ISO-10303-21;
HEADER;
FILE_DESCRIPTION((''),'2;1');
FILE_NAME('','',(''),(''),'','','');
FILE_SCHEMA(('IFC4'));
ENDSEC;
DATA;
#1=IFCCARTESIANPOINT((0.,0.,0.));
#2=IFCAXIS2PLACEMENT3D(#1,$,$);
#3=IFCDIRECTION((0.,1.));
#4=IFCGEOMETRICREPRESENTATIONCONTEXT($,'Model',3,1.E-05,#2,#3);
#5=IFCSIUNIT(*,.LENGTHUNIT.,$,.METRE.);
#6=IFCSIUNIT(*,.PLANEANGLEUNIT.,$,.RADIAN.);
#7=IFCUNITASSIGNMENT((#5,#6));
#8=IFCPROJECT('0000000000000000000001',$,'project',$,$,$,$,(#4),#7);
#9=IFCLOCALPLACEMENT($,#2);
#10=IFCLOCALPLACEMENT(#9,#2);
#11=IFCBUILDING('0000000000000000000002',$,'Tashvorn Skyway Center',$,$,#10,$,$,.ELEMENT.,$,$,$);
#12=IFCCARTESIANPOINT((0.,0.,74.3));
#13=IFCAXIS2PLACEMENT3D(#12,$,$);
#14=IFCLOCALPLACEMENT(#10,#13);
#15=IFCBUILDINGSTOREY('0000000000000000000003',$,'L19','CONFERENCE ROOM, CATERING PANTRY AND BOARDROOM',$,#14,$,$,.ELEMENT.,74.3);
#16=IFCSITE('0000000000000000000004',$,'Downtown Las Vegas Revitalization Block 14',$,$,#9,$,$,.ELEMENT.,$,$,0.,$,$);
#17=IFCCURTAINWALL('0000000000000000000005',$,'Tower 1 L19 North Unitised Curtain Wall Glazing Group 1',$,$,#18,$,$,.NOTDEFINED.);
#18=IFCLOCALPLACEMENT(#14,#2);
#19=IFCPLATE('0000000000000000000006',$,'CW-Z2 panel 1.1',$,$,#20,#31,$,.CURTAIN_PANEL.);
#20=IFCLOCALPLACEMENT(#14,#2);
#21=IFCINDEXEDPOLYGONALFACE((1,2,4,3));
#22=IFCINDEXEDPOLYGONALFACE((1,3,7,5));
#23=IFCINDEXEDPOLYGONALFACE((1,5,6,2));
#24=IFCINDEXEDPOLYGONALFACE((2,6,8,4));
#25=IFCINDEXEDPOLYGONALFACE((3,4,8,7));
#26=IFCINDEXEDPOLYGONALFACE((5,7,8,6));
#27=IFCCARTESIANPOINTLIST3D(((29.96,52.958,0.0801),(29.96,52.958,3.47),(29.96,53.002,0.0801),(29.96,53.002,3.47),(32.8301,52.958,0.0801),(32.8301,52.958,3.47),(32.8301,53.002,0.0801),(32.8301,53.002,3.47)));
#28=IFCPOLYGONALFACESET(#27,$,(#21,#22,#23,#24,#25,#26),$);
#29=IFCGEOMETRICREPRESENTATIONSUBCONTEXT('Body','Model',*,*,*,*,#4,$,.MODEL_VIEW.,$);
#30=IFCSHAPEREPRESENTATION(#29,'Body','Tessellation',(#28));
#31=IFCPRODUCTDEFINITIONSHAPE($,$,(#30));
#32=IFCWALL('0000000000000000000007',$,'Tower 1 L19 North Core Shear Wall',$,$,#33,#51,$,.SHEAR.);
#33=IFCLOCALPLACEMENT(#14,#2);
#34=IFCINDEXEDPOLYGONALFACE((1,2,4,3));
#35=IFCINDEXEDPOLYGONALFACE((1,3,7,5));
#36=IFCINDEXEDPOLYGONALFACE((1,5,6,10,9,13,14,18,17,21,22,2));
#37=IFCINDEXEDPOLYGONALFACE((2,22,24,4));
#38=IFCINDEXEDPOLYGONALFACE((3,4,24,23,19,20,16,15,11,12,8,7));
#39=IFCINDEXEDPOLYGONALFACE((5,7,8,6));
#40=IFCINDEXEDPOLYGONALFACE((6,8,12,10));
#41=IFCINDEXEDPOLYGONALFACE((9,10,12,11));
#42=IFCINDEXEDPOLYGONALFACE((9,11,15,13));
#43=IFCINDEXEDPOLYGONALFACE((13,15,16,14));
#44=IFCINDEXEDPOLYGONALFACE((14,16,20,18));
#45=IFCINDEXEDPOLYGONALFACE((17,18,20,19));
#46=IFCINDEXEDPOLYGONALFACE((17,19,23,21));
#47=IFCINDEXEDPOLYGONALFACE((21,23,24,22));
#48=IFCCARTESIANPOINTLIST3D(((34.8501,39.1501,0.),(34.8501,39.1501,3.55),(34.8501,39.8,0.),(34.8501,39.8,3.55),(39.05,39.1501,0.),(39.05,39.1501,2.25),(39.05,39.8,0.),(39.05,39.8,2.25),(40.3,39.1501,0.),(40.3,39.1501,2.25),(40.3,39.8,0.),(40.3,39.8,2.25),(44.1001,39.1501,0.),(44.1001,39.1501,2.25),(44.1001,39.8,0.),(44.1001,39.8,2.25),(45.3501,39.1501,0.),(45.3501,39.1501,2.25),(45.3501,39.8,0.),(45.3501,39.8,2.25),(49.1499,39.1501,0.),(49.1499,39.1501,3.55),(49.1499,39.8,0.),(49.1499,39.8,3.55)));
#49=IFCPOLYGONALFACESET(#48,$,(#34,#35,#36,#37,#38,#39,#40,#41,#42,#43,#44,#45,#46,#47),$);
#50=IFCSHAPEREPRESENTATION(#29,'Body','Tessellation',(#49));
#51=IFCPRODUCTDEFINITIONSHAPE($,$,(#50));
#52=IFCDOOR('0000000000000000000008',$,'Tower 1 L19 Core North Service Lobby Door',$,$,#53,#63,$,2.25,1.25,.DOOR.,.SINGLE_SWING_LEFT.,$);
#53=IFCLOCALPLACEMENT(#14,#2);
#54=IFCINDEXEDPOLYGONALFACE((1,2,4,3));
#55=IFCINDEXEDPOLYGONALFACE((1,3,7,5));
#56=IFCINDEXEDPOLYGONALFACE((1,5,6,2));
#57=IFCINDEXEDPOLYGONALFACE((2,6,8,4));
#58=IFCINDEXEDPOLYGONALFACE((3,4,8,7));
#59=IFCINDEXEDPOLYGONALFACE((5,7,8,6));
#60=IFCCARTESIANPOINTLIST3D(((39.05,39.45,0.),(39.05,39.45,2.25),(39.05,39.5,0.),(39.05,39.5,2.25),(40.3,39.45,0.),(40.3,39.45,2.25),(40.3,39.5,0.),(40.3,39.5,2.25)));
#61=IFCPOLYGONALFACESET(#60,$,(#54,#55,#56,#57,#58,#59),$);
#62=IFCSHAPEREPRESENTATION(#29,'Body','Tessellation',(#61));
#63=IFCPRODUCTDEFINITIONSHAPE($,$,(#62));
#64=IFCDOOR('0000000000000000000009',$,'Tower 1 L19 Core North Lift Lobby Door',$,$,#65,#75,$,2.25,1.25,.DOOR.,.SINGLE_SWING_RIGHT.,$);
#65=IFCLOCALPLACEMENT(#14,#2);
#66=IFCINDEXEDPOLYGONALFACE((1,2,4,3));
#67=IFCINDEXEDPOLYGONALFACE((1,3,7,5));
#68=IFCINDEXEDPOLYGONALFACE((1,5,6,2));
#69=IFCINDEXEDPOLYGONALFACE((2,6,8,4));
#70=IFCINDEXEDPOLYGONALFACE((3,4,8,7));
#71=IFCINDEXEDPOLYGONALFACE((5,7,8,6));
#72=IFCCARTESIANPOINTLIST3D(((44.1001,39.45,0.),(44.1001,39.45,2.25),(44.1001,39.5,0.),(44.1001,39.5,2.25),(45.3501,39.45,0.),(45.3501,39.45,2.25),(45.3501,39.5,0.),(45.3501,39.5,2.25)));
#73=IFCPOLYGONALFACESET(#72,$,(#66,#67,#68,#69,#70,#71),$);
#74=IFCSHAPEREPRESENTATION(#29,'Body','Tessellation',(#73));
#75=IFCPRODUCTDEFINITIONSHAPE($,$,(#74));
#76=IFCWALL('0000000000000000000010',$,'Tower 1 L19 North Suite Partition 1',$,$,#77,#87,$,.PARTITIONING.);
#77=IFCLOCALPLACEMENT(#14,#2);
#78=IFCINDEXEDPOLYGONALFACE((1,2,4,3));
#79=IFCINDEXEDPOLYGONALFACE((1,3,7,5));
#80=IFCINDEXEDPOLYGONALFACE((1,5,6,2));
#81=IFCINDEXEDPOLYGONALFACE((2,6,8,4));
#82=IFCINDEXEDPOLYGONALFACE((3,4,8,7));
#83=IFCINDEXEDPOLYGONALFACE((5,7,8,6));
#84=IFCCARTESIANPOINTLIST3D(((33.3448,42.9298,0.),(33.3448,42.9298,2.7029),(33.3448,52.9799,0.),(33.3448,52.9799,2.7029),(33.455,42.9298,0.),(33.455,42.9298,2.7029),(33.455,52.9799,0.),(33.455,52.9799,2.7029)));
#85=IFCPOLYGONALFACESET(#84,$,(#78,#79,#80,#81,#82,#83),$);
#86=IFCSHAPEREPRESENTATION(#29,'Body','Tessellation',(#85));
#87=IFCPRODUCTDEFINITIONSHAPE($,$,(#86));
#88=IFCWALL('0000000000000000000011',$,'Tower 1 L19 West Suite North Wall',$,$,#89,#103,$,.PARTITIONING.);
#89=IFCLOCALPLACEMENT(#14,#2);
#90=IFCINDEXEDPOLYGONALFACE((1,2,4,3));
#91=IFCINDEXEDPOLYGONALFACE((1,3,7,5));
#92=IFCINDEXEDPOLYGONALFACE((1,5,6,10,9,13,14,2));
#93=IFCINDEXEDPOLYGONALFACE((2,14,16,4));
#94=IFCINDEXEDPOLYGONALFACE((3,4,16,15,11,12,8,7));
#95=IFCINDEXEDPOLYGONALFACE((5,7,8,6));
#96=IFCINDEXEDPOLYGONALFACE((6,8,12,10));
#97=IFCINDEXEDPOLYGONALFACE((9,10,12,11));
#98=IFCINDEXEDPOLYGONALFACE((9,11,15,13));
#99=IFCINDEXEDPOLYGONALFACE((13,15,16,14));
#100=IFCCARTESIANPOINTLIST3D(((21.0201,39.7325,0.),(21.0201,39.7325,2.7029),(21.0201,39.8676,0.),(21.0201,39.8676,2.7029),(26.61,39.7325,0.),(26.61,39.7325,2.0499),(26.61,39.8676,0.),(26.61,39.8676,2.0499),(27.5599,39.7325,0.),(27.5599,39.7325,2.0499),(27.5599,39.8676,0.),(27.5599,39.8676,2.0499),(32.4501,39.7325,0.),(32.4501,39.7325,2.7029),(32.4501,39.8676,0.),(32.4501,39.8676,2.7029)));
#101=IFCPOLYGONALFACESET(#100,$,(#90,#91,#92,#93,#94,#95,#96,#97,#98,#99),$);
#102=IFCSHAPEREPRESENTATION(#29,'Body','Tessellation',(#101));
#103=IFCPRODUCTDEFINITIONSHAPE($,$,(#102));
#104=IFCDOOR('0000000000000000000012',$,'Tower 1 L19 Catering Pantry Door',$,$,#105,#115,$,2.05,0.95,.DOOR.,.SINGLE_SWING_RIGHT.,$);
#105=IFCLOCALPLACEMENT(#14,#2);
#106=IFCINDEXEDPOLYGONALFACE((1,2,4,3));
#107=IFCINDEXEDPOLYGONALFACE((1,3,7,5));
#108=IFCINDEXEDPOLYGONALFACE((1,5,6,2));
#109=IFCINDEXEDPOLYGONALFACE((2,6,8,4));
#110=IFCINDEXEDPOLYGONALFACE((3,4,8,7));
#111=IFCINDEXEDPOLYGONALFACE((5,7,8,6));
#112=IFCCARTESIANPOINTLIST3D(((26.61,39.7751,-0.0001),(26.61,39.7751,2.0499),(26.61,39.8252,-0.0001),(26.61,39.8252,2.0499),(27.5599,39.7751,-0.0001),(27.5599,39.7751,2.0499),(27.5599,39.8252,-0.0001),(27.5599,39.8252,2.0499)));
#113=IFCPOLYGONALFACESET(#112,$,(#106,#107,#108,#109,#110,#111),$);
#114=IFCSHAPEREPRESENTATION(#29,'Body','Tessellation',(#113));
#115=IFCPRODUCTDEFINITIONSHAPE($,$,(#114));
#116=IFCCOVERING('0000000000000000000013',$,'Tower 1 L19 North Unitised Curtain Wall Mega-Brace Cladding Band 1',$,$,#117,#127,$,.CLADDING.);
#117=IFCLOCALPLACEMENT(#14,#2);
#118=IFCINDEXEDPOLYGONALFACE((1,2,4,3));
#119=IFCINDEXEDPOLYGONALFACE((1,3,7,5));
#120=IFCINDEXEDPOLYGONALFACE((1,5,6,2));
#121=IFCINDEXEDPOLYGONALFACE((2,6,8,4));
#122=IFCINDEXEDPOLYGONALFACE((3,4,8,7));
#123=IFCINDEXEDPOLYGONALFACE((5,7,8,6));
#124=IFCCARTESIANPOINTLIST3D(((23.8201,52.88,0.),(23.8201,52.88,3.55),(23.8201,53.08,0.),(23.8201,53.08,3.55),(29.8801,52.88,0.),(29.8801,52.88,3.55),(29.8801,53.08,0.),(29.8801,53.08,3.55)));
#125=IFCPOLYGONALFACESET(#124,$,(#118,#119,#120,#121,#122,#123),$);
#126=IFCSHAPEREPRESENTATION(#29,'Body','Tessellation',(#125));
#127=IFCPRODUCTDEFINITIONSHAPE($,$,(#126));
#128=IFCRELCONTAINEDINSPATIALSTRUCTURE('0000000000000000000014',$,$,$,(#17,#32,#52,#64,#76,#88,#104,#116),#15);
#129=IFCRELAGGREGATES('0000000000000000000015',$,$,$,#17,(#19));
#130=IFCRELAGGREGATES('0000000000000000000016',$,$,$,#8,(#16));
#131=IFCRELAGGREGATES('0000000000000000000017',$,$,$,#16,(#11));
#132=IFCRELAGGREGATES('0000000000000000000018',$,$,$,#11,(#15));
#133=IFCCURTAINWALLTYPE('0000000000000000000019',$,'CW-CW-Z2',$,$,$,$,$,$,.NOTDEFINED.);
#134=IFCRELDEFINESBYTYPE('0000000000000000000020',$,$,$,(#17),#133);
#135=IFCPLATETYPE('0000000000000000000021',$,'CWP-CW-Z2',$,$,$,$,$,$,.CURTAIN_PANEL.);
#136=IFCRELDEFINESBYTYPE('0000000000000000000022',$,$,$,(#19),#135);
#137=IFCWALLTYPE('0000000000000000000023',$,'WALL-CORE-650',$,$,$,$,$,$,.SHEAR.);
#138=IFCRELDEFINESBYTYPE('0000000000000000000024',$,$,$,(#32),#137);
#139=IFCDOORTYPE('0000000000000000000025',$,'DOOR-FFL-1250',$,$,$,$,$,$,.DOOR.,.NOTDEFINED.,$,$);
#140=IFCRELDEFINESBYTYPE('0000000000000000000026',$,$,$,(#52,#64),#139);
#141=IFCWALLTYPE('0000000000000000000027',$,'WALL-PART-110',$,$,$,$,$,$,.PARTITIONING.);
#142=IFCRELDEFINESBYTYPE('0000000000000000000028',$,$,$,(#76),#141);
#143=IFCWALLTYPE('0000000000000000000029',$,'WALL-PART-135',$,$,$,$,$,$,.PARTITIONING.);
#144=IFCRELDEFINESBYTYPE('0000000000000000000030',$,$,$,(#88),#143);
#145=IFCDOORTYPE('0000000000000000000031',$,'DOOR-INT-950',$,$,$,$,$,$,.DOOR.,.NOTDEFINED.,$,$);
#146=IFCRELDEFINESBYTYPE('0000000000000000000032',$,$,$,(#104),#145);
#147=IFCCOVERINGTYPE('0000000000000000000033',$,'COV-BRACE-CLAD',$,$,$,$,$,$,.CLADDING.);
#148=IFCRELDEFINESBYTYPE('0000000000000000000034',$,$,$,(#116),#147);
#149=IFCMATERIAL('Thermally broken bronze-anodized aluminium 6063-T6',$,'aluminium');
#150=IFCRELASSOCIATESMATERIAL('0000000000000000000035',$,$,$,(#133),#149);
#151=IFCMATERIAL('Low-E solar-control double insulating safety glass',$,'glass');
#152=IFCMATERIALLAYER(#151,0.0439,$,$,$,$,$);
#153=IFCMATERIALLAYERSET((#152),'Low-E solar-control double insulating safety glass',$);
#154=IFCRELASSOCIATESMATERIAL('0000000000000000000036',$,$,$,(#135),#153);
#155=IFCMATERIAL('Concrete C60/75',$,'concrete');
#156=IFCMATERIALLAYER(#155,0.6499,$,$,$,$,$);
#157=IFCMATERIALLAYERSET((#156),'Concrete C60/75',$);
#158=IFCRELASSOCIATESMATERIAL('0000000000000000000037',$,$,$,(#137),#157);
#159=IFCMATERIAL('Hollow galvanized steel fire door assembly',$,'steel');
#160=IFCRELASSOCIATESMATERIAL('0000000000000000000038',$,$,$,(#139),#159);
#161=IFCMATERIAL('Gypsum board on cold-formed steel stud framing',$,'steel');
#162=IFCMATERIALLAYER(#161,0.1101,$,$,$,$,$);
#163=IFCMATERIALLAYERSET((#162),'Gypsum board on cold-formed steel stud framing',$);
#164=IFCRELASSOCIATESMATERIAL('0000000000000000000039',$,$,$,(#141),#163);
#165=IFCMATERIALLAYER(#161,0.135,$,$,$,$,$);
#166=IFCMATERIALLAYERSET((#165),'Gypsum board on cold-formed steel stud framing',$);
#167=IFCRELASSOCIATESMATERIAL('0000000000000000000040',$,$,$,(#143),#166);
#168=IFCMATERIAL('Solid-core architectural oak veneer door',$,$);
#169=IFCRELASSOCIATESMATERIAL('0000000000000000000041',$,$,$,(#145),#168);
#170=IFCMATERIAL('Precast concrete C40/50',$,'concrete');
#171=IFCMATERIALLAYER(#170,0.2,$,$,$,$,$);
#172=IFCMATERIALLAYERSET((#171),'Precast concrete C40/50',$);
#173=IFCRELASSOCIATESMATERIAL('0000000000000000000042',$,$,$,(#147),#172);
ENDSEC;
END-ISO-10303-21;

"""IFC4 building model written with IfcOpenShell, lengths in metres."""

from ifc_helpers import new_model, si_unit, direction, frame, frame_2d, origin, origin_2d, place, context, subcontext, project, spatial, rectangle, extrude, material, layer, layer_set, type_object, element, fill, aggregate, save


model = new_model("IFC4")

# Units and contexts
model_context = context("Model", 3, precision=1e-05, world=origin(), true_north=direction((0.0, 1.0)))
body_context = subcontext(model_context, "Body", "Model", "MODEL_VIEW")
ifc_project = project(units=[si_unit("LENGTHUNIT", "METRE"), si_unit("PLANEANGLEUNIT", "RADIAN")], contexts=[model_context])

# Site, building, storey
site_placement = place(None, origin())
site = spatial("IfcSite", under=ifc_project, at=site_placement, Name="Downtown Las Vegas Revitalization Block 14", CompositionType="ELEMENT", RefElevation=0.0)
building_placement = place(site_placement, origin())
building = spatial("IfcBuilding", under=site, at=building_placement, Name="Tashvorn Skyway Center", CompositionType="ELEMENT")
storey_placement = place(building_placement, frame((0.0, 0.0, 74.3)))
storey = spatial("IfcBuildingStorey", under=building, at=storey_placement, Name="L19", Description="CONFERENCE ROOM, CATERING PANTRY AND BOARDROOM", CompositionType="ELEMENT", Elevation=74.3)

# Curtain wall
ifc_material_1 = material(Name="Thermally broken bronze-anodized aluminium 6063-T6", Category="aluminium")
curtain_wall_type = type_object("IfcCurtainWallType", Name="CW-CW-Z2", PredefinedType="NOTDEFINED", material=ifc_material_1)
curtain_wall_1_placement = place(storey_placement, origin())
curtain_wall_1 = element("IfcCurtainWall", 1, at=curtain_wall_1_placement, inside=storey, type_object=curtain_wall_type, Name="Tower 1 L19 North Unitised Curtain Wall Glazing Group 1", PredefinedType="NOTDEFINED")

# Plate
ifc_material_2 = material(Name="Low-E solar-control double insulating safety glass", Category="glass")
ifc_layer_1 = layer(ifc_material_2, 0.0439)
ifc_layer_set_1 = layer_set([ifc_layer_1], Name="Low-E solar-control double insulating safety glass")
plate_type = type_object("IfcPlateType", Name="CWP-CW-Z2", PredefinedType="CURTAIN_PANEL", material=ifc_layer_set_1)
plate_placement = place(storey_placement, frame((31.395, 52.98, 0.0801), z_axis=(0.0, 0.0, 1.0), x_axis=(1.0, 0.0, 0.0)))
plate = element("IfcPlate", 2, at=plate_placement, type_object=plate_type, Name="CW-Z2 panel 1.1", PredefinedType="CURTAIN_PANEL", context=body_context, shape_type="SweptSolid", body=[
    extrude(rectangle(XDim=2.8701, YDim=0.0439, at=origin_2d()), origin(), (0.0, 0.0, 1.0), 3.3899),
])
aggregate(curtain_wall_1, [plate])

# Wall, openings, doors
ifc_material_3 = material(Name="Concrete C60/75", Category="concrete")
ifc_layer_2 = layer(ifc_material_3, 0.6499)
ifc_layer_set_2 = layer_set([ifc_layer_2], Name="Concrete C60/75")
wall_type_1 = type_object("IfcWallType", Name="WALL-CORE-650", PredefinedType="SHEAR", material=ifc_layer_set_2)
wall_1_placement = place(storey_placement, frame((34.8501, 39.4751, 0.0), z_axis=(0.0, 0.0, 1.0), x_axis=(1.0, 0.0, 0.0)))
wall_1 = element("IfcWall", 3, at=wall_1_placement, inside=storey, type_object=wall_type_1, Name="Tower 1 L19 North Core Shear Wall", PredefinedType="SHEAR", context=body_context, shape_type="SweptSolid", body=[
    extrude(rectangle(XDim=14.2998, YDim=0.6499, at=frame_2d((7.1499, 0.0))), origin(), (0.0, 0.0, 1.0), 3.55),
])
opening_1_placement = place(wall_1_placement, frame((4.2, 0.0, 0.0)))
opening_1 = element("IfcOpeningElement", 4, at=opening_1_placement, cuts=wall_1, PredefinedType="OPENING", context=body_context, shape_type="SweptSolid", body=[
    extrude(rectangle(XDim=1.25, YDim=2.25, at=frame_2d((0.625, 1.125))), frame((0.0, 0.335, 0.0), z_axis=(0.0, -1.0, 0.0), x_axis=(1.0, 0.0, 0.0)), (0.0, 0.0, 1.0), 0.6699),
])
opening_2_placement = place(wall_1_placement, frame((9.25, 0.0, 0.0)))
opening_2 = element("IfcOpeningElement", 5, at=opening_2_placement, cuts=wall_1, PredefinedType="OPENING", context=body_context, shape_type="SweptSolid", body=[
    extrude(rectangle(XDim=1.25, YDim=2.25, at=frame_2d((0.625, 1.125))), frame((0.0, 0.335, 0.0), z_axis=(0.0, -1.0, 0.0), x_axis=(1.0, 0.0, 0.0)), (0.0, 0.0, 1.0), 0.6699),
])
ifc_material_4 = material(Name="Hollow galvanized steel fire door assembly", Category="steel")
door_type_1 = type_object("IfcDoorType", Name="DOOR-FFL-1250", OperationType="NOTDEFINED", PredefinedType="DOOR", material=ifc_material_4)
door_1_placement = place(opening_1_placement, origin())
door_1 = element("IfcDoor", 6, at=door_1_placement, inside=storey, type_object=door_type_1, Name="Tower 1 L19 Core North Service Lobby Door", OperationType="SINGLE_SWING_LEFT", OverallHeight=2.25, OverallWidth=1.25, PredefinedType="DOOR", context=body_context, shape_type="SweptSolid", body=[
    extrude(rectangle(XDim=1.25, YDim=2.25, at=frame_2d((0.625, 1.125))), frame((0.0, 0.0249, 0.0), z_axis=(0.0, -1.0, 0.0), x_axis=(1.0, 0.0, 0.0)), (0.0, 0.0, 1.0), 0.05),
])
fill(opening_1, door_1)
door_2_placement = place(opening_2_placement, origin())
door_2 = element("IfcDoor", 7, at=door_2_placement, inside=storey, type_object=door_type_1, Name="Tower 1 L19 Core North Lift Lobby Door", OperationType="SINGLE_SWING_RIGHT", OverallHeight=2.25, OverallWidth=1.25, PredefinedType="DOOR", context=body_context, shape_type="SweptSolid", body=[
    extrude(rectangle(XDim=1.25, YDim=2.25, at=frame_2d((0.625, 1.125))), frame((0.0, 0.0249, 0.0), z_axis=(0.0, -1.0, 0.0), x_axis=(1.0, 0.0, 0.0)), (0.0, 0.0, 1.0), 0.05),
])
fill(opening_2, door_2)

# Wall
ifc_material_5 = material(Name="Gypsum board on cold-formed steel stud framing", Category="steel")
ifc_layer_3 = layer(ifc_material_5, 0.1101)
ifc_layer_set_3 = layer_set([ifc_layer_3], Name="Gypsum board on cold-formed steel stud framing")
wall_type_2 = type_object("IfcWallType", Name="WALL-PART-110", PredefinedType="PARTITIONING", material=ifc_layer_set_3)
wall_2_placement = place(storey_placement, frame((33.3999, 42.9299, 0.0), z_axis=(0.0, 0.0, 1.0), x_axis=(0.0, 1.0, 0.0)))
element("IfcWall", 8, at=wall_2_placement, inside=storey, type_object=wall_type_2, Name="Tower 1 L19 North Suite Partition 1", PredefinedType="PARTITIONING", context=body_context, shape_type="SweptSolid", body=[
    extrude(rectangle(XDim=10.05, YDim=0.1101, at=frame_2d((5.0249, 0.0))), origin(), (0.0, 0.0, 1.0), 2.7029),
])

# Wall, opening, door
ifc_layer_4 = layer(ifc_material_5, 0.135)
ifc_layer_set_4 = layer_set([ifc_layer_4], Name="Gypsum board on cold-formed steel stud framing")
wall_type_3 = type_object("IfcWallType", Name="WALL-PART-135", PredefinedType="PARTITIONING", material=ifc_layer_set_4)
wall_3_placement = place(storey_placement, frame((32.45, 39.8, 0.0), z_axis=(0.0, 0.0, 1.0), x_axis=(-1.0, 0.0, 0.0)))
wall_3 = element("IfcWall", 9, at=wall_3_placement, inside=storey, type_object=wall_type_3, Name="Tower 1 L19 West Suite North Wall", PredefinedType="PARTITIONING", context=body_context, shape_type="SweptSolid", body=[
    extrude(rectangle(XDim=11.4299, YDim=0.135, at=frame_2d((5.7148, 0.0))), origin(), (0.0, 0.0, 1.0), 2.7029),
])
opening_3_placement = place(wall_3_placement, frame((4.8899, 0.0, 0.0)))
opening_3 = element("IfcOpeningElement", 10, at=opening_3_placement, cuts=wall_3, PredefinedType="OPENING", context=body_context, shape_type="SweptSolid", body=[
    extrude(rectangle(XDim=0.95, YDim=2.05, at=frame_2d((0.4751, 1.0249))), frame((0.0, 0.0774, 0.0), z_axis=(0.0, -1.0, 0.0), x_axis=(1.0, 0.0, 0.0)), (0.0, 0.0, 1.0), 0.155),
])
ifc_material_6 = material(Name="Solid-core architectural oak veneer door")
door_type_2 = type_object("IfcDoorType", Name="DOOR-INT-950", OperationType="NOTDEFINED", PredefinedType="DOOR", material=ifc_material_6)
door_3_placement = place(opening_3_placement, origin())
door_3 = element("IfcDoor", 11, at=door_3_placement, inside=storey, type_object=door_type_2, Name="Tower 1 L19 Catering Pantry Door", OperationType="SINGLE_SWING_RIGHT", OverallHeight=2.05, OverallWidth=0.95, PredefinedType="DOOR", context=body_context, shape_type="SweptSolid", body=[
    extrude(rectangle(XDim=0.95, YDim=2.05, at=frame_2d((0.4751, 1.0249))), frame((0.0, 0.0249, 0.0), z_axis=(0.0, -1.0, 0.0), x_axis=(1.0, 0.0, 0.0)), (0.0, 0.0, 1.0), 0.05),
])
fill(opening_3, door_3)

# Covering
ifc_material_7 = material(Name="Precast concrete C40/50", Category="concrete")
ifc_layer_5 = layer(ifc_material_7, 0.2)
ifc_layer_set_5 = layer_set([ifc_layer_5], Name="Precast concrete C40/50")
covering_type = type_object("IfcCoveringType", Name="COV-BRACE-CLAD", PredefinedType="CLADDING", material=ifc_layer_set_5)
covering_placement = place(storey_placement, frame((26.8501, 52.98, 0.0), z_axis=(0.0, 0.0, 1.0), x_axis=(1.0, 0.0, 0.0)))
element("IfcCovering", 12, at=covering_placement, inside=storey, type_object=covering_type, Name="Tower 1 L19 North Unitised Curtain Wall Mega-Brace Cladding Band 1", PredefinedType="CLADDING", context=body_context, shape_type="SweptSolid", body=[
    extrude(rectangle(XDim=6.0601, YDim=0.2, at=origin_2d()), origin(), (0.0, 0.0, 1.0), 3.55),
])

save(model, "model.ifc")
